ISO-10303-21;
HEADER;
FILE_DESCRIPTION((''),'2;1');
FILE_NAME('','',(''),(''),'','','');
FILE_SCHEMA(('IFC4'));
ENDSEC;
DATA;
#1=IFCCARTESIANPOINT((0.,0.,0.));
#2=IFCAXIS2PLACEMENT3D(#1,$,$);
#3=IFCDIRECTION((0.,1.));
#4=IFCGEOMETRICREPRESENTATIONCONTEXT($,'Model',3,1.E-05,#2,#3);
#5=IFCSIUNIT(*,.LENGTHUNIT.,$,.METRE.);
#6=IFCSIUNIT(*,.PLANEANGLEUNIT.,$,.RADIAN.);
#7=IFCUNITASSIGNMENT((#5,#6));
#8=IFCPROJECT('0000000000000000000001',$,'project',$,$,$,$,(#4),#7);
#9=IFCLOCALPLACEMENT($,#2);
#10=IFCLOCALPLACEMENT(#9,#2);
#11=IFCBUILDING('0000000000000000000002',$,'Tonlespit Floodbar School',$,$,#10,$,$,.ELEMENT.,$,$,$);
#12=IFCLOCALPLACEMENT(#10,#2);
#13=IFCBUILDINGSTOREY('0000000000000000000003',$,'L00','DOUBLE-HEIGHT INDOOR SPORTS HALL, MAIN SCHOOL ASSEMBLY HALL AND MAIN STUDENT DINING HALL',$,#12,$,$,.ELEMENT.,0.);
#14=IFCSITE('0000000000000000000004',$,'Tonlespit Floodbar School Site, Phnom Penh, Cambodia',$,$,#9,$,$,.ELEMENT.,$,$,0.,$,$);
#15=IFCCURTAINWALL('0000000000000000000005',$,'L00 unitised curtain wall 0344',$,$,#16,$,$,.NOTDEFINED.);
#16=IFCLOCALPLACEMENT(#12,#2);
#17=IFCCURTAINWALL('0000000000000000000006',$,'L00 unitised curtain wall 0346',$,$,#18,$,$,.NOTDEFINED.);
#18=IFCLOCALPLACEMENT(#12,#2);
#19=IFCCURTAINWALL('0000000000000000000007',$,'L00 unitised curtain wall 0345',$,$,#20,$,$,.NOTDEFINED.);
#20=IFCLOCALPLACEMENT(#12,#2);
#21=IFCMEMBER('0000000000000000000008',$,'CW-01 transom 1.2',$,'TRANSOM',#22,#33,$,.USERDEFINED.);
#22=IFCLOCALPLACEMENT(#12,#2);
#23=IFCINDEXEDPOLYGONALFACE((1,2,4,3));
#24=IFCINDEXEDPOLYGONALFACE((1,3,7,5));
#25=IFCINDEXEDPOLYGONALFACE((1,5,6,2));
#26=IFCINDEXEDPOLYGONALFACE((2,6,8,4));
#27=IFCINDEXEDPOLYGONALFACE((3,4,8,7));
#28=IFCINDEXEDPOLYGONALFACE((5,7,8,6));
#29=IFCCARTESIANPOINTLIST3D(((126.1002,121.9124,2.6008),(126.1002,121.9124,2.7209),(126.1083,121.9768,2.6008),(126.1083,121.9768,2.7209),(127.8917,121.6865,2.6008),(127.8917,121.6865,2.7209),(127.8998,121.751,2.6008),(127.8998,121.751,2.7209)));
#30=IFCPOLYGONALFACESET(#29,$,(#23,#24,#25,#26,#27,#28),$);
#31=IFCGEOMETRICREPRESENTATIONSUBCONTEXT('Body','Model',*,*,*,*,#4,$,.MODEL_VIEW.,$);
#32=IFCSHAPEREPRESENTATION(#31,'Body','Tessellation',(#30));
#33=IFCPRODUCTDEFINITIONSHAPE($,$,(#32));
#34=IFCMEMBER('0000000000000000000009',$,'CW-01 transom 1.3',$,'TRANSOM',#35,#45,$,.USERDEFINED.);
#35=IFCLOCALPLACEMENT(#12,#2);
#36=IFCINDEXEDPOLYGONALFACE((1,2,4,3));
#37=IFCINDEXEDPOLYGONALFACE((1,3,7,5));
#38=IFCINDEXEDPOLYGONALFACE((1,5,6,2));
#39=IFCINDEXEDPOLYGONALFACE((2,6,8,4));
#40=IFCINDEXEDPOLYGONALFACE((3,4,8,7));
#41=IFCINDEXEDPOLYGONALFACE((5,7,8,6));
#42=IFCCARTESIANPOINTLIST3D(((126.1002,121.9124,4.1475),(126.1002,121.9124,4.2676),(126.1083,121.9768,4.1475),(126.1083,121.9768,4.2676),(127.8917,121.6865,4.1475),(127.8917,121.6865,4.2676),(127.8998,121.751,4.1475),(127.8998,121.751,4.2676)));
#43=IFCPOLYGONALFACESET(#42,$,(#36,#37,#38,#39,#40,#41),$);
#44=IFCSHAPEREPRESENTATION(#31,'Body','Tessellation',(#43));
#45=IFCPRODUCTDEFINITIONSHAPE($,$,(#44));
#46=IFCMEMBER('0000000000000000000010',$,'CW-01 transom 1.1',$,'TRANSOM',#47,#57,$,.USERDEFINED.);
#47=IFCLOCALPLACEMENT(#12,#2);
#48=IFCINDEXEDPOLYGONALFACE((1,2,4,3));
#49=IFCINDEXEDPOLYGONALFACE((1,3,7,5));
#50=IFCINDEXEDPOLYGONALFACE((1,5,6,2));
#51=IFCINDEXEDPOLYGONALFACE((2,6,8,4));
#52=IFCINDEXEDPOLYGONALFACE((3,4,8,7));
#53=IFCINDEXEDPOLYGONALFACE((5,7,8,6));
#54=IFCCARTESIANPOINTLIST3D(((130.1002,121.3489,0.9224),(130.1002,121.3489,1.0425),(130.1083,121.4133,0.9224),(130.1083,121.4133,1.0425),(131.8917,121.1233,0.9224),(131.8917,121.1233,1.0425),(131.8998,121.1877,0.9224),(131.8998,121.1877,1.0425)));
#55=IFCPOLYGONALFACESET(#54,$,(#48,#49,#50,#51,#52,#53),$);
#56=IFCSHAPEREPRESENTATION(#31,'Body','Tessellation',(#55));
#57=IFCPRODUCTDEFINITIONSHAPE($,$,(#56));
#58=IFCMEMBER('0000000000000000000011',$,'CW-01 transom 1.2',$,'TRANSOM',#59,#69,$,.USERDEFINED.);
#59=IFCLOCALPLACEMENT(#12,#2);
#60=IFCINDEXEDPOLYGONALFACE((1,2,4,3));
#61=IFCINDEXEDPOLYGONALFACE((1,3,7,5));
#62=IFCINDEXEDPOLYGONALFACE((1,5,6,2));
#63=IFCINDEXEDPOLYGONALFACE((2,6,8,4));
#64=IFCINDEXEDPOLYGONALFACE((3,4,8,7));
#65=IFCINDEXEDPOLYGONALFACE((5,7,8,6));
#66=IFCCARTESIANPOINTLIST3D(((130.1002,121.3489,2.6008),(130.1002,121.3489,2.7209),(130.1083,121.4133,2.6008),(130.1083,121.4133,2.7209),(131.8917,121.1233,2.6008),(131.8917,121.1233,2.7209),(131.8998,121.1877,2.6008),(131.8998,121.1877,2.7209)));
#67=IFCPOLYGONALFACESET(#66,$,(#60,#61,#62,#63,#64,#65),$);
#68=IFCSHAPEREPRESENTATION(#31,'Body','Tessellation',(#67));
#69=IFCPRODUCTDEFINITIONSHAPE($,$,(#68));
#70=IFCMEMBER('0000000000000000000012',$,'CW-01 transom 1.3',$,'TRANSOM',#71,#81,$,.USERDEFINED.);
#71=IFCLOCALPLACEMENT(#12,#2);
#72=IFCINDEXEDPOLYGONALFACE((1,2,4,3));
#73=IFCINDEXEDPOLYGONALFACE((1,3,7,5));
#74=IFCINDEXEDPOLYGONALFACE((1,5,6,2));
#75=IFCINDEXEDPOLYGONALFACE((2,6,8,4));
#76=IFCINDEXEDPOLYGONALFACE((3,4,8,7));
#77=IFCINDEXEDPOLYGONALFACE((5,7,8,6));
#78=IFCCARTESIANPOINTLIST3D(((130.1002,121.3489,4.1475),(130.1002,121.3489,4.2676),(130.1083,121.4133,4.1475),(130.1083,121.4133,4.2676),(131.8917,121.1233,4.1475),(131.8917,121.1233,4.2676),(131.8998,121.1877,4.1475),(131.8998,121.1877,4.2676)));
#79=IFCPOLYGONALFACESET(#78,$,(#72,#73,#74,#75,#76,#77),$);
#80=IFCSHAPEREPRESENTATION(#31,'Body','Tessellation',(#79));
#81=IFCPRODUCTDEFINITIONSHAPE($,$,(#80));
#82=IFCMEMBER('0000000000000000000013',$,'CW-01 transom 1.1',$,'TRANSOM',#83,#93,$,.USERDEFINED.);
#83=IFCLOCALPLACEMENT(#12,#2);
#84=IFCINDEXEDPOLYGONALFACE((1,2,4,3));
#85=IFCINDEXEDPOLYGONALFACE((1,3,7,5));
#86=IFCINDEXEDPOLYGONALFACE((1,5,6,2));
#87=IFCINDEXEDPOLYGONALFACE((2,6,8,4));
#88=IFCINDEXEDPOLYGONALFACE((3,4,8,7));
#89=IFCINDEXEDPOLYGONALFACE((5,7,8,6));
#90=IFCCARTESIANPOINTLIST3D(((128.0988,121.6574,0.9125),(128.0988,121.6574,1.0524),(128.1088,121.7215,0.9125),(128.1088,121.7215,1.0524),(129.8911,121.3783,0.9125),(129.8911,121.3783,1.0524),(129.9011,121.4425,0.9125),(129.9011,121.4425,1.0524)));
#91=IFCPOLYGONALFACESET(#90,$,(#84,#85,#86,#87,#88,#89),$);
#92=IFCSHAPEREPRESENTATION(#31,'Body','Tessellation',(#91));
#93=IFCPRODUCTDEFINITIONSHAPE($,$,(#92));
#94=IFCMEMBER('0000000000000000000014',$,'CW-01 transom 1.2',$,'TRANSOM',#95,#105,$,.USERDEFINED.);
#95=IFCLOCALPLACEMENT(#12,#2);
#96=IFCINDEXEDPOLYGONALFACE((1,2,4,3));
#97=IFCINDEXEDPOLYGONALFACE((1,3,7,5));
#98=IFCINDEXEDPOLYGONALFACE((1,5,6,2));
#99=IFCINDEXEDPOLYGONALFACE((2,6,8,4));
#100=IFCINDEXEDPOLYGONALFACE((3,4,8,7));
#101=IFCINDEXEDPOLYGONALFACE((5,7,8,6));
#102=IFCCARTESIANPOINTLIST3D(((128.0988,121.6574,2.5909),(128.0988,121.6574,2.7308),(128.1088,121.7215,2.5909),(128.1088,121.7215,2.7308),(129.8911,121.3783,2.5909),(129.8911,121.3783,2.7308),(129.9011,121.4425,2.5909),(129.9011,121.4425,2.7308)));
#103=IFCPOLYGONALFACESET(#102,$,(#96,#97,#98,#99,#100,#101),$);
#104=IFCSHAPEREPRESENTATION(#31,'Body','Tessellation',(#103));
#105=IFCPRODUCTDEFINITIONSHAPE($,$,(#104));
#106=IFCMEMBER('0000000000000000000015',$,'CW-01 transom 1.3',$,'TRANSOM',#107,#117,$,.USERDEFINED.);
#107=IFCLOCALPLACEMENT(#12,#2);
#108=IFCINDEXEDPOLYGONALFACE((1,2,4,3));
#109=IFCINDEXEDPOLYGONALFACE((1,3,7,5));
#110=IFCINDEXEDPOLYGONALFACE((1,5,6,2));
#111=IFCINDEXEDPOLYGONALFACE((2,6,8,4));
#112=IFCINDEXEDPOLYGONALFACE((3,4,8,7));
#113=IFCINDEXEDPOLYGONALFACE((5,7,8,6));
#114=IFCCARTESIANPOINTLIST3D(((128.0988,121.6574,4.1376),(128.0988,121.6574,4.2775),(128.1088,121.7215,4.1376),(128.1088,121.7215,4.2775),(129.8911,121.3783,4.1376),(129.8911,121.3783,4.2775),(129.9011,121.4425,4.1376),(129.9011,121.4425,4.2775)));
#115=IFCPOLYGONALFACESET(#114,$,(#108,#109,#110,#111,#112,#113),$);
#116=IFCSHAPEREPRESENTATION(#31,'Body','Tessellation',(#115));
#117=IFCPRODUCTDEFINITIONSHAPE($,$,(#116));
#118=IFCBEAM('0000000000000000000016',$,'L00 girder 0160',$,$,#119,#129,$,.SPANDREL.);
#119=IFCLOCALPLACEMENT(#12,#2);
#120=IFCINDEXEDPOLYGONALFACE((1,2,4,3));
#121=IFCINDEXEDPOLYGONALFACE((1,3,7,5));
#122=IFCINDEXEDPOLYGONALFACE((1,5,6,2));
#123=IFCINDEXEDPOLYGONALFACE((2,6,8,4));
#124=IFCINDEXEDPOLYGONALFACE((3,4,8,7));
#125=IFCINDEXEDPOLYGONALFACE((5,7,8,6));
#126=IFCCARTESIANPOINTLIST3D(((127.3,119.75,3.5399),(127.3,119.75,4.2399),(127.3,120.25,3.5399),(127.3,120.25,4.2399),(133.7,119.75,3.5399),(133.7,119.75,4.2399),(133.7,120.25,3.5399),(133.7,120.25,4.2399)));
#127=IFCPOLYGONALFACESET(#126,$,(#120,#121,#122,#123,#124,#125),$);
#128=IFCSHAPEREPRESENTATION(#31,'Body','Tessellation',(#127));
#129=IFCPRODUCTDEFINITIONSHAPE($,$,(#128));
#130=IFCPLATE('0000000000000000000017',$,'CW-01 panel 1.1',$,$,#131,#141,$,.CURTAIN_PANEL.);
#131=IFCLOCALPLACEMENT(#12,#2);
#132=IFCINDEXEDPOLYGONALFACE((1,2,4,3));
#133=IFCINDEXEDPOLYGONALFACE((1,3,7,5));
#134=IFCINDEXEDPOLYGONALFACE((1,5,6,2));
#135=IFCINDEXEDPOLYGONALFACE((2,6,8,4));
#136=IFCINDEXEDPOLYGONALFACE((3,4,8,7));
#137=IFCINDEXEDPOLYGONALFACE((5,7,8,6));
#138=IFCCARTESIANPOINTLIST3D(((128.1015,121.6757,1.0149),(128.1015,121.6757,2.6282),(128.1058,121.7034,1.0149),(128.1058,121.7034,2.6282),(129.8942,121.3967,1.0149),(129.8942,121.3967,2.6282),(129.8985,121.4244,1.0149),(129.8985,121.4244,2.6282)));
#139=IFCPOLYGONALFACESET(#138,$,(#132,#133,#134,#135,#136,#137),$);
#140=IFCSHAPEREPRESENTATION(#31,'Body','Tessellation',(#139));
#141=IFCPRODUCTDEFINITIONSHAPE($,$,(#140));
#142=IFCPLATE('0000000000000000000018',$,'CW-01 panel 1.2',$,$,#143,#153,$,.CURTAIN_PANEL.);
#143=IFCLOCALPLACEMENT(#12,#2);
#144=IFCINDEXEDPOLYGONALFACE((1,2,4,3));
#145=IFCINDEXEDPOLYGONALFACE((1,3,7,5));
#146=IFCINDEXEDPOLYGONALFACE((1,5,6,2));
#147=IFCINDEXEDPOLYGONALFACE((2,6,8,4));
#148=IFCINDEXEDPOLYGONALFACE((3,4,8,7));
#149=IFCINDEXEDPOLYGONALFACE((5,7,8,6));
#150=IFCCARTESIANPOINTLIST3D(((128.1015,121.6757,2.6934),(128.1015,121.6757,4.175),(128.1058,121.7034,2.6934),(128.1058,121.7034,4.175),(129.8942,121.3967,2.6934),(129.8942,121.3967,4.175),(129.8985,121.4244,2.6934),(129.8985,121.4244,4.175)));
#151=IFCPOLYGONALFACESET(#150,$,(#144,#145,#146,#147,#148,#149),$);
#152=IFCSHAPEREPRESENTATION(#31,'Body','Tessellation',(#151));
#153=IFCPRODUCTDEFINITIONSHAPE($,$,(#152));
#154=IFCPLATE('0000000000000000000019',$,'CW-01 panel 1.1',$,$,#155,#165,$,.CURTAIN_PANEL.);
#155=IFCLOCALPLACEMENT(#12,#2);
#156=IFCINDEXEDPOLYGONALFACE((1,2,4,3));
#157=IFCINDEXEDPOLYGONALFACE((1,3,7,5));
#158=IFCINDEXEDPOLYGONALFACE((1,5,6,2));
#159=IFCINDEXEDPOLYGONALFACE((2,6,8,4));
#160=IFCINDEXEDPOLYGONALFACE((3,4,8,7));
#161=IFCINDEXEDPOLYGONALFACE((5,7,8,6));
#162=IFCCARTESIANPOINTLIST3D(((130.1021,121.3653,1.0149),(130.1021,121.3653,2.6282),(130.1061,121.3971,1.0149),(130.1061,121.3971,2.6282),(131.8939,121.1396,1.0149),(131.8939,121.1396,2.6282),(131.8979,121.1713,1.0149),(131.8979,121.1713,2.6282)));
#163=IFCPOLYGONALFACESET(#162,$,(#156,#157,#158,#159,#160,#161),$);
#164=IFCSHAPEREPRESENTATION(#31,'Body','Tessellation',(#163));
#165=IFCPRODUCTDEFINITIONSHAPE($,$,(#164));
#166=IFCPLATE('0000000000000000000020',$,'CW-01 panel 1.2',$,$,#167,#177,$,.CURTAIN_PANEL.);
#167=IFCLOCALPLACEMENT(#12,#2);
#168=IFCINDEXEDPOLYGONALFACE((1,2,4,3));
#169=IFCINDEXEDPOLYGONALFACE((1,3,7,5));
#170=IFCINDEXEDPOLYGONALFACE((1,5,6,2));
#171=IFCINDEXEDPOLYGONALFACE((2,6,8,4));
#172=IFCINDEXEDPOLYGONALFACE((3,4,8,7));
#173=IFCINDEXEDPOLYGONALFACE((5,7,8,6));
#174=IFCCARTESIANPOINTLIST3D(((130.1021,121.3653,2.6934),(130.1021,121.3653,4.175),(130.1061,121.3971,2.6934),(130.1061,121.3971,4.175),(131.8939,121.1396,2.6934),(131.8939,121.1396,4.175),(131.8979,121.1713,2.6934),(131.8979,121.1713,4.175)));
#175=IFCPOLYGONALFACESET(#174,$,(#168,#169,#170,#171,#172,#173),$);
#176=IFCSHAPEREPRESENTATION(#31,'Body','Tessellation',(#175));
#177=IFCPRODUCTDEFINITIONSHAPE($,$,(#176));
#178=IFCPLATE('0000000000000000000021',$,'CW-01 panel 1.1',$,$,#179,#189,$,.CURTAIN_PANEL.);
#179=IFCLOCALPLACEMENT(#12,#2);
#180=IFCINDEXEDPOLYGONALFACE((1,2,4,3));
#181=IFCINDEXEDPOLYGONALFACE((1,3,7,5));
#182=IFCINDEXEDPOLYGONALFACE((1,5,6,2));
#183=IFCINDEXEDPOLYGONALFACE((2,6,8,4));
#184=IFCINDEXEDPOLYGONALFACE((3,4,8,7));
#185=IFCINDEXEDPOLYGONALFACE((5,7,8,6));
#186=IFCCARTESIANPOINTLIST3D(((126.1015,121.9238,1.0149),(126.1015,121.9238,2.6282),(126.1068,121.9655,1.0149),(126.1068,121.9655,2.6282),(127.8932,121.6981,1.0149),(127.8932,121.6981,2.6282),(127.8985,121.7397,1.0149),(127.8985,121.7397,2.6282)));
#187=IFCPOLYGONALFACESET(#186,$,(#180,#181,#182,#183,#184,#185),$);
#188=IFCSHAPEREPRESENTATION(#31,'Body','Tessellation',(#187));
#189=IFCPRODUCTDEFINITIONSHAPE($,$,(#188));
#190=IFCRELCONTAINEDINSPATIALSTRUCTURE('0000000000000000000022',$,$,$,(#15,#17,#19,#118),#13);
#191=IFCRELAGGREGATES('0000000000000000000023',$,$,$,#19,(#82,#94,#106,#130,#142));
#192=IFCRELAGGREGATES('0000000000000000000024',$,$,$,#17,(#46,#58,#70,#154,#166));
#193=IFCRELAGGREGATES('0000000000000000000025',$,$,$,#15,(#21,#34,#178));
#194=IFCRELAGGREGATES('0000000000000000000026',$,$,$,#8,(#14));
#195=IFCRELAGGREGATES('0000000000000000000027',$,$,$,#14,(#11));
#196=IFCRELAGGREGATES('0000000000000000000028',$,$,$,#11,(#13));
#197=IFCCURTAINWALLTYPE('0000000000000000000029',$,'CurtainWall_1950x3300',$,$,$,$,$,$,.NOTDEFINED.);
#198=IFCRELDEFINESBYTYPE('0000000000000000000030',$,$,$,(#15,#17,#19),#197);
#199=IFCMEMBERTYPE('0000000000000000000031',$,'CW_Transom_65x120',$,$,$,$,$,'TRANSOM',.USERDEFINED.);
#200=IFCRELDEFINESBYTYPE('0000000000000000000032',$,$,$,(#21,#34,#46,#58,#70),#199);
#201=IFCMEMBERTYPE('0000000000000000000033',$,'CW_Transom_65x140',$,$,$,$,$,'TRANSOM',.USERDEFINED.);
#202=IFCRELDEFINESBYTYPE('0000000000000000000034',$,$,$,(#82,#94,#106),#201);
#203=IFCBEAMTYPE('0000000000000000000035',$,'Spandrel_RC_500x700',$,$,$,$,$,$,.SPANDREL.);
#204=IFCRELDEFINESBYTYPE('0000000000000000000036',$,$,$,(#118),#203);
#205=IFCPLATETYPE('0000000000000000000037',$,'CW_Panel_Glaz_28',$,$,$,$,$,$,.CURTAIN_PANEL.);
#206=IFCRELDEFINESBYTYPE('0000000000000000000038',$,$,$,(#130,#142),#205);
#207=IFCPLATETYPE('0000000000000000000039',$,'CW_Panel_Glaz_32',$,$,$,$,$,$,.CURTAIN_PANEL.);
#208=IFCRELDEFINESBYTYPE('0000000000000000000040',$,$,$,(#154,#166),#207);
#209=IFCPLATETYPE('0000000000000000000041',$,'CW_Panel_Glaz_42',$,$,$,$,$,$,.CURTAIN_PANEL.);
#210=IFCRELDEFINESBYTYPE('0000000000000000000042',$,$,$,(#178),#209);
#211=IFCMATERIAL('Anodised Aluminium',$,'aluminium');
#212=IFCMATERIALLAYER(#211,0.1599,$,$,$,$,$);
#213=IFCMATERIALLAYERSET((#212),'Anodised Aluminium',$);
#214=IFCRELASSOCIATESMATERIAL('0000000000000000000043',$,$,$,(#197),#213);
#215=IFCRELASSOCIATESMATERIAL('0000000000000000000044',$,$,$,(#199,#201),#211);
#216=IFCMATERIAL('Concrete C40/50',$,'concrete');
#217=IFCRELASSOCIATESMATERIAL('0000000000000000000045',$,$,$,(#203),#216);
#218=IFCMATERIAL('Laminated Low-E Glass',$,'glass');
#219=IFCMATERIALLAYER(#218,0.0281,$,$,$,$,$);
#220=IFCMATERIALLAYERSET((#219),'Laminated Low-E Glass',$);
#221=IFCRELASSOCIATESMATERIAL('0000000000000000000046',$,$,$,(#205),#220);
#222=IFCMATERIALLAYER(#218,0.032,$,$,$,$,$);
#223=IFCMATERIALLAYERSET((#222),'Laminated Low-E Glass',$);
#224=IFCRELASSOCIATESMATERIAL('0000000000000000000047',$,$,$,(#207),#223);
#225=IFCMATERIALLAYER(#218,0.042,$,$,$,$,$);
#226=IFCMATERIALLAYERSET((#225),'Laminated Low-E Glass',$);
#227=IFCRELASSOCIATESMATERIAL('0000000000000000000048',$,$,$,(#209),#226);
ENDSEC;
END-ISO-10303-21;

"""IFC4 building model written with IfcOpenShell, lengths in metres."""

from ifc_helpers import new_model, si_unit, direction, frame, origin, origin_2d, place, context, subcontext, project, spatial, rectangle, extrude, material, layer, layer_set, material_profile, profile_set, type_object, element, aggregate, save


model = new_model("IFC4")

# Units and contexts
model_context = context("Model", 3, precision=1e-05, world=origin(), true_north=direction((0.0, 1.0)))
body_context = subcontext(model_context, "Body", "Model", "MODEL_VIEW")
ifc_project = project(units=[si_unit("LENGTHUNIT", "METRE"), si_unit("PLANEANGLEUNIT", "RADIAN")], contexts=[model_context])

# Site, building, storey
site_placement = place(None, origin())
site = spatial("IfcSite", under=ifc_project, at=site_placement, Name="Tonlespit Floodbar School Site, Phnom Penh, Cambodia", CompositionType="ELEMENT", RefElevation=0.0)
building_placement = place(site_placement, origin())
building = spatial("IfcBuilding", under=site, at=building_placement, Name="Tonlespit Floodbar School", CompositionType="ELEMENT")
storey_placement = place(building_placement, origin())
storey = spatial("IfcBuildingStorey", under=building, at=storey_placement, Name="L00", Description="DOUBLE-HEIGHT INDOOR SPORTS HALL, MAIN SCHOOL ASSEMBLY HALL AND MAIN STUDENT DINING HALL", CompositionType="ELEMENT", Elevation=0.0)

# Shared definitions
ifc_material_1 = material(Name="Concrete C40/50", Category="concrete")

# Curtain walls
ifc_material_2 = material(Name="Anodised Aluminium", Category="aluminium")
ifc_layer_1 = layer(ifc_material_2, 0.1599)
ifc_layer_set_1 = layer_set([ifc_layer_1], Name="Anodised Aluminium")
curtain_wall_type = type_object("IfcCurtainWallType", Name="CurtainWall_1950x3300", PredefinedType="NOTDEFINED", material=ifc_layer_set_1)
curtain_wall_1_placement = place(storey_placement, origin())
curtain_wall_1 = element("IfcCurtainWall", 1, at=curtain_wall_1_placement, inside=storey, type_object=curtain_wall_type, Name="L00 unitised curtain wall 0344", PredefinedType="NOTDEFINED")
curtain_wall_2_placement = place(storey_placement, origin())
curtain_wall_2 = element("IfcCurtainWall", 2, at=curtain_wall_2_placement, inside=storey, type_object=curtain_wall_type, Name="L00 unitised curtain wall 0346", PredefinedType="NOTDEFINED")

# Curtain wall
curtain_wall_3_placement = place(storey_placement, origin())
curtain_wall_3 = element("IfcCurtainWall", 3, at=curtain_wall_3_placement, inside=storey, type_object=curtain_wall_type, Name="L00 unitised curtain wall 0345", PredefinedType="NOTDEFINED")

# Members
ifc_material_profile_1 = material_profile(ifc_material_2, rectangle(XDim=0.0649, YDim=0.1201, at=origin_2d()), Name="ALU T65x120")
ifc_profile_set_1 = profile_set([ifc_material_profile_1], Name="Anodised Aluminium")
member_type_1 = type_object("IfcMemberType", Name="CW_Transom_65x120", ElementType="TRANSOM", PredefinedType="USERDEFINED", material=ifc_profile_set_1)
member_1_placement = place(storey_placement, frame((126.1042, 121.9446, 2.6609), z_axis=(0.992148, -0.125066, 0.0), x_axis=(0.125066, 0.992148, 0.0)))
member_1 = element("IfcMember", 4, at=member_1_placement, type_object=member_type_1, Name="CW-01 transom 1.2", ObjectType="TRANSOM", PredefinedType="USERDEFINED", context=body_context, shape_type="SweptSolid", body=[
    extrude(rectangle(XDim=0.0649, YDim=0.1201, at=origin_2d()), origin(), (0.0, 0.0, 1.0), 1.8057),
])
member_2_placement = place(storey_placement, frame((126.1042, 121.9446, 4.2075), z_axis=(0.992148, -0.125066, 0.0), x_axis=(0.125066, 0.992148, 0.0)))
member_2 = element("IfcMember", 5, at=member_2_placement, type_object=member_type_1, Name="CW-01 transom 1.3", ObjectType="TRANSOM", PredefinedType="USERDEFINED", context=body_context, shape_type="SweptSolid", body=[
    extrude(rectangle(XDim=0.0649, YDim=0.1201, at=origin_2d()), origin(), (0.0, 0.0, 1.0), 1.8057),
])
member_3_placement = place(storey_placement, frame((130.1042, 121.3811, 0.9824), z_axis=(0.992165, -0.124933, 0.0), x_axis=(0.124933, 0.992165, 0.0)))
member_3 = element("IfcMember", 6, at=member_3_placement, type_object=member_type_1, Name="CW-01 transom 1.1", ObjectType="TRANSOM", PredefinedType="USERDEFINED", context=body_context, shape_type="SweptSolid", body=[
    extrude(rectangle(XDim=0.0649, YDim=0.1201, at=origin_2d()), origin(), (0.0, 0.0, 1.0), 1.8057),
])
member_4_placement = place(storey_placement, frame((130.1042, 121.3811, 2.6609), z_axis=(0.992165, -0.124933, 0.0), x_axis=(0.124933, 0.992165, 0.0)))
member_4 = element("IfcMember", 7, at=member_4_placement, type_object=member_type_1, Name="CW-01 transom 1.2", ObjectType="TRANSOM", PredefinedType="USERDEFINED", context=body_context, shape_type="SweptSolid", body=[
    extrude(rectangle(XDim=0.0649, YDim=0.1201, at=origin_2d()), origin(), (0.0, 0.0, 1.0), 1.8057),
])
member_5_placement = place(storey_placement, frame((130.1042, 121.3811, 4.2075), z_axis=(0.992165, -0.124933, 0.0), x_axis=(0.124933, 0.992165, 0.0)))
member_5 = element("IfcMember", 8, at=member_5_placement, type_object=member_type_1, Name="CW-01 transom 1.3", ObjectType="TRANSOM", PredefinedType="USERDEFINED", context=body_context, shape_type="SweptSolid", body=[
    extrude(rectangle(XDim=0.0649, YDim=0.1201, at=origin_2d()), origin(), (0.0, 0.0, 1.0), 1.8057),
])
ifc_material_profile_2 = material_profile(ifc_material_2, rectangle(XDim=0.0649, YDim=0.1399, at=origin_2d()), Name="ALU T65x140")
ifc_profile_set_2 = profile_set([ifc_material_profile_2], Name="Anodised Aluminium")
member_type_2 = type_object("IfcMemberType", Name="CW_Transom_65x140", ElementType="TRANSOM", PredefinedType="USERDEFINED", material=ifc_profile_set_2)
member_6_placement = place(storey_placement, frame((128.1038, 121.6895, 0.9824), z_axis=(0.988098, -0.153827, 0.0), x_axis=(0.153827, 0.988098, 0.0)))
member_6 = element("IfcMember", 9, at=member_6_placement, type_object=member_type_2, Name="CW-01 transom 1.1", ObjectType="TRANSOM", PredefinedType="USERDEFINED", context=body_context, shape_type="SweptSolid", body=[
    extrude(rectangle(XDim=0.0649, YDim=0.1399, at=origin_2d()), origin(), (0.0, 0.0, 1.0), 1.814),
])
member_7_placement = place(storey_placement, frame((128.1038, 121.6895, 2.6609), z_axis=(0.988098, -0.153827, 0.0), x_axis=(0.153827, 0.988098, 0.0)))
member_7 = element("IfcMember", 10, at=member_7_placement, type_object=member_type_2, Name="CW-01 transom 1.2", ObjectType="TRANSOM", PredefinedType="USERDEFINED", context=body_context, shape_type="SweptSolid", body=[
    extrude(rectangle(XDim=0.0649, YDim=0.1399, at=origin_2d()), origin(), (0.0, 0.0, 1.0), 1.814),
])
member_8_placement = place(storey_placement, frame((128.1038, 121.6895, 4.2075), z_axis=(0.988098, -0.153827, 0.0), x_axis=(0.153827, 0.988098, 0.0)))
member_8 = element("IfcMember", 11, at=member_8_placement, type_object=member_type_2, Name="CW-01 transom 1.3", ObjectType="TRANSOM", PredefinedType="USERDEFINED", context=body_context, shape_type="SweptSolid", body=[
    extrude(rectangle(XDim=0.0649, YDim=0.1399, at=origin_2d()), origin(), (0.0, 0.0, 1.0), 1.814),
])

# Beam
ifc_material_profile_3 = material_profile(ifc_material_1, rectangle(XDim=0.5, YDim=0.7, at=origin_2d()), Name="RC 500x700")
ifc_profile_set_3 = profile_set([ifc_material_profile_3], Name="Concrete C40/50")
beam_type = type_object("IfcBeamType", Name="Spandrel_RC_500x700", PredefinedType="SPANDREL", material=ifc_profile_set_3)
beam_placement = place(storey_placement, frame((127.3, 120.0, 3.8899), z_axis=(1.0, 0.0, 0.0), x_axis=(0.0, 1.0, 0.0)))
element("IfcBeam", 12, at=beam_placement, inside=storey, type_object=beam_type, Name="L00 girder 0160", PredefinedType="SPANDREL", context=body_context, shape_type="SweptSolid", body=[
    extrude(rectangle(XDim=0.5, YDim=0.7, at=origin_2d()), origin(), (0.0, 0.0, 1.0), 6.3999),
])

# Plates
ifc_material_3 = material(Name="Laminated Low-E Glass", Category="glass")
ifc_layer_2 = layer(ifc_material_3, 0.0281)
ifc_layer_set_2 = layer_set([ifc_layer_2], Name="Laminated Low-E Glass")
plate_type_1 = type_object("IfcPlateType", Name="CW_Panel_Glaz_28", PredefinedType="CURTAIN_PANEL", material=ifc_layer_set_2)
plate_1_placement = place(storey_placement, frame((129.0, 121.55, 1.0149), z_axis=(0.0, 0.0, 1.0), x_axis=(0.988103, -0.153796, 0.0)))
plate_1 = element("IfcPlate", 13, at=plate_1_placement, type_object=plate_type_1, Name="CW-01 panel 1.1", PredefinedType="CURTAIN_PANEL", context=body_context, shape_type="SweptSolid", body=[
    extrude(rectangle(XDim=1.8142, YDim=0.0281, at=origin_2d()), origin(), (0.0, 0.0, 1.0), 1.6133),
])
plate_2_placement = place(storey_placement, frame((129.0, 121.55, 2.6934), z_axis=(0.0, 0.0, 1.0), x_axis=(0.988103, -0.153796, 0.0)))
plate_2 = element("IfcPlate", 14, at=plate_2_placement, type_object=plate_type_1, Name="CW-01 panel 1.2", PredefinedType="CURTAIN_PANEL", context=body_context, shape_type="SweptSolid", body=[
    extrude(rectangle(XDim=1.8142, YDim=0.0281, at=origin_2d()), origin(), (0.0, 0.0, 1.0), 1.4817),
])
aggregate(curtain_wall_3, [member_6, member_7, member_8, plate_1, plate_2])
ifc_layer_3 = layer(ifc_material_3, 0.032)
ifc_layer_set_3 = layer_set([ifc_layer_3], Name="Laminated Low-E Glass")
plate_type_2 = type_object("IfcPlateType", Name="CW_Panel_Glaz_32", PredefinedType="CURTAIN_PANEL", material=ifc_layer_set_3)
plate_3_placement = place(storey_placement, frame((131.0, 121.2683, 1.0149), z_axis=(0.0, 0.0, 1.0), x_axis=(0.992155, -0.125014, 0.0)))
plate_3 = element("IfcPlate", 15, at=plate_3_placement, type_object=plate_type_2, Name="CW-01 panel 1.1", PredefinedType="CURTAIN_PANEL", context=body_context, shape_type="SweptSolid", body=[
    extrude(rectangle(XDim=1.8059, YDim=0.032, at=origin_2d()), origin(), (0.0, 0.0, 1.0), 1.6133),
])
plate_4_placement = place(storey_placement, frame((131.0, 121.2683, 2.6934), z_axis=(0.0, 0.0, 1.0), x_axis=(0.992155, -0.125014, 0.0)))
plate_4 = element("IfcPlate", 16, at=plate_4_placement, type_object=plate_type_2, Name="CW-01 panel 1.2", PredefinedType="CURTAIN_PANEL", context=body_context, shape_type="SweptSolid", body=[
    extrude(rectangle(XDim=1.8059, YDim=0.032, at=origin_2d()), origin(), (0.0, 0.0, 1.0), 1.4817),
])
aggregate(curtain_wall_2, [member_3, member_4, member_5, plate_3, plate_4])
ifc_layer_4 = layer(ifc_material_3, 0.042)
ifc_layer_set_4 = layer_set([ifc_layer_4], Name="Laminated Low-E Glass")
plate_type_3 = type_object("IfcPlateType", Name="CW_Panel_Glaz_42", PredefinedType="CURTAIN_PANEL", material=ifc_layer_set_4)
plate_5_placement = place(storey_placement, frame((127.0, 121.8318, 1.0149), z_axis=(0.0, 0.0, 1.0), x_axis=(0.992155, -0.125014, 0.0)))
plate_5 = element("IfcPlate", 17, at=plate_5_placement, type_object=plate_type_3, Name="CW-01 panel 1.1", PredefinedType="CURTAIN_PANEL", context=body_context, shape_type="SweptSolid", body=[
    extrude(rectangle(XDim=1.8059, YDim=0.042, at=origin_2d()), origin(), (0.0, 0.0, 1.0), 1.6133),
])
aggregate(curtain_wall_1, [member_1, member_2, plate_5])

save(model, "model.ifc")
